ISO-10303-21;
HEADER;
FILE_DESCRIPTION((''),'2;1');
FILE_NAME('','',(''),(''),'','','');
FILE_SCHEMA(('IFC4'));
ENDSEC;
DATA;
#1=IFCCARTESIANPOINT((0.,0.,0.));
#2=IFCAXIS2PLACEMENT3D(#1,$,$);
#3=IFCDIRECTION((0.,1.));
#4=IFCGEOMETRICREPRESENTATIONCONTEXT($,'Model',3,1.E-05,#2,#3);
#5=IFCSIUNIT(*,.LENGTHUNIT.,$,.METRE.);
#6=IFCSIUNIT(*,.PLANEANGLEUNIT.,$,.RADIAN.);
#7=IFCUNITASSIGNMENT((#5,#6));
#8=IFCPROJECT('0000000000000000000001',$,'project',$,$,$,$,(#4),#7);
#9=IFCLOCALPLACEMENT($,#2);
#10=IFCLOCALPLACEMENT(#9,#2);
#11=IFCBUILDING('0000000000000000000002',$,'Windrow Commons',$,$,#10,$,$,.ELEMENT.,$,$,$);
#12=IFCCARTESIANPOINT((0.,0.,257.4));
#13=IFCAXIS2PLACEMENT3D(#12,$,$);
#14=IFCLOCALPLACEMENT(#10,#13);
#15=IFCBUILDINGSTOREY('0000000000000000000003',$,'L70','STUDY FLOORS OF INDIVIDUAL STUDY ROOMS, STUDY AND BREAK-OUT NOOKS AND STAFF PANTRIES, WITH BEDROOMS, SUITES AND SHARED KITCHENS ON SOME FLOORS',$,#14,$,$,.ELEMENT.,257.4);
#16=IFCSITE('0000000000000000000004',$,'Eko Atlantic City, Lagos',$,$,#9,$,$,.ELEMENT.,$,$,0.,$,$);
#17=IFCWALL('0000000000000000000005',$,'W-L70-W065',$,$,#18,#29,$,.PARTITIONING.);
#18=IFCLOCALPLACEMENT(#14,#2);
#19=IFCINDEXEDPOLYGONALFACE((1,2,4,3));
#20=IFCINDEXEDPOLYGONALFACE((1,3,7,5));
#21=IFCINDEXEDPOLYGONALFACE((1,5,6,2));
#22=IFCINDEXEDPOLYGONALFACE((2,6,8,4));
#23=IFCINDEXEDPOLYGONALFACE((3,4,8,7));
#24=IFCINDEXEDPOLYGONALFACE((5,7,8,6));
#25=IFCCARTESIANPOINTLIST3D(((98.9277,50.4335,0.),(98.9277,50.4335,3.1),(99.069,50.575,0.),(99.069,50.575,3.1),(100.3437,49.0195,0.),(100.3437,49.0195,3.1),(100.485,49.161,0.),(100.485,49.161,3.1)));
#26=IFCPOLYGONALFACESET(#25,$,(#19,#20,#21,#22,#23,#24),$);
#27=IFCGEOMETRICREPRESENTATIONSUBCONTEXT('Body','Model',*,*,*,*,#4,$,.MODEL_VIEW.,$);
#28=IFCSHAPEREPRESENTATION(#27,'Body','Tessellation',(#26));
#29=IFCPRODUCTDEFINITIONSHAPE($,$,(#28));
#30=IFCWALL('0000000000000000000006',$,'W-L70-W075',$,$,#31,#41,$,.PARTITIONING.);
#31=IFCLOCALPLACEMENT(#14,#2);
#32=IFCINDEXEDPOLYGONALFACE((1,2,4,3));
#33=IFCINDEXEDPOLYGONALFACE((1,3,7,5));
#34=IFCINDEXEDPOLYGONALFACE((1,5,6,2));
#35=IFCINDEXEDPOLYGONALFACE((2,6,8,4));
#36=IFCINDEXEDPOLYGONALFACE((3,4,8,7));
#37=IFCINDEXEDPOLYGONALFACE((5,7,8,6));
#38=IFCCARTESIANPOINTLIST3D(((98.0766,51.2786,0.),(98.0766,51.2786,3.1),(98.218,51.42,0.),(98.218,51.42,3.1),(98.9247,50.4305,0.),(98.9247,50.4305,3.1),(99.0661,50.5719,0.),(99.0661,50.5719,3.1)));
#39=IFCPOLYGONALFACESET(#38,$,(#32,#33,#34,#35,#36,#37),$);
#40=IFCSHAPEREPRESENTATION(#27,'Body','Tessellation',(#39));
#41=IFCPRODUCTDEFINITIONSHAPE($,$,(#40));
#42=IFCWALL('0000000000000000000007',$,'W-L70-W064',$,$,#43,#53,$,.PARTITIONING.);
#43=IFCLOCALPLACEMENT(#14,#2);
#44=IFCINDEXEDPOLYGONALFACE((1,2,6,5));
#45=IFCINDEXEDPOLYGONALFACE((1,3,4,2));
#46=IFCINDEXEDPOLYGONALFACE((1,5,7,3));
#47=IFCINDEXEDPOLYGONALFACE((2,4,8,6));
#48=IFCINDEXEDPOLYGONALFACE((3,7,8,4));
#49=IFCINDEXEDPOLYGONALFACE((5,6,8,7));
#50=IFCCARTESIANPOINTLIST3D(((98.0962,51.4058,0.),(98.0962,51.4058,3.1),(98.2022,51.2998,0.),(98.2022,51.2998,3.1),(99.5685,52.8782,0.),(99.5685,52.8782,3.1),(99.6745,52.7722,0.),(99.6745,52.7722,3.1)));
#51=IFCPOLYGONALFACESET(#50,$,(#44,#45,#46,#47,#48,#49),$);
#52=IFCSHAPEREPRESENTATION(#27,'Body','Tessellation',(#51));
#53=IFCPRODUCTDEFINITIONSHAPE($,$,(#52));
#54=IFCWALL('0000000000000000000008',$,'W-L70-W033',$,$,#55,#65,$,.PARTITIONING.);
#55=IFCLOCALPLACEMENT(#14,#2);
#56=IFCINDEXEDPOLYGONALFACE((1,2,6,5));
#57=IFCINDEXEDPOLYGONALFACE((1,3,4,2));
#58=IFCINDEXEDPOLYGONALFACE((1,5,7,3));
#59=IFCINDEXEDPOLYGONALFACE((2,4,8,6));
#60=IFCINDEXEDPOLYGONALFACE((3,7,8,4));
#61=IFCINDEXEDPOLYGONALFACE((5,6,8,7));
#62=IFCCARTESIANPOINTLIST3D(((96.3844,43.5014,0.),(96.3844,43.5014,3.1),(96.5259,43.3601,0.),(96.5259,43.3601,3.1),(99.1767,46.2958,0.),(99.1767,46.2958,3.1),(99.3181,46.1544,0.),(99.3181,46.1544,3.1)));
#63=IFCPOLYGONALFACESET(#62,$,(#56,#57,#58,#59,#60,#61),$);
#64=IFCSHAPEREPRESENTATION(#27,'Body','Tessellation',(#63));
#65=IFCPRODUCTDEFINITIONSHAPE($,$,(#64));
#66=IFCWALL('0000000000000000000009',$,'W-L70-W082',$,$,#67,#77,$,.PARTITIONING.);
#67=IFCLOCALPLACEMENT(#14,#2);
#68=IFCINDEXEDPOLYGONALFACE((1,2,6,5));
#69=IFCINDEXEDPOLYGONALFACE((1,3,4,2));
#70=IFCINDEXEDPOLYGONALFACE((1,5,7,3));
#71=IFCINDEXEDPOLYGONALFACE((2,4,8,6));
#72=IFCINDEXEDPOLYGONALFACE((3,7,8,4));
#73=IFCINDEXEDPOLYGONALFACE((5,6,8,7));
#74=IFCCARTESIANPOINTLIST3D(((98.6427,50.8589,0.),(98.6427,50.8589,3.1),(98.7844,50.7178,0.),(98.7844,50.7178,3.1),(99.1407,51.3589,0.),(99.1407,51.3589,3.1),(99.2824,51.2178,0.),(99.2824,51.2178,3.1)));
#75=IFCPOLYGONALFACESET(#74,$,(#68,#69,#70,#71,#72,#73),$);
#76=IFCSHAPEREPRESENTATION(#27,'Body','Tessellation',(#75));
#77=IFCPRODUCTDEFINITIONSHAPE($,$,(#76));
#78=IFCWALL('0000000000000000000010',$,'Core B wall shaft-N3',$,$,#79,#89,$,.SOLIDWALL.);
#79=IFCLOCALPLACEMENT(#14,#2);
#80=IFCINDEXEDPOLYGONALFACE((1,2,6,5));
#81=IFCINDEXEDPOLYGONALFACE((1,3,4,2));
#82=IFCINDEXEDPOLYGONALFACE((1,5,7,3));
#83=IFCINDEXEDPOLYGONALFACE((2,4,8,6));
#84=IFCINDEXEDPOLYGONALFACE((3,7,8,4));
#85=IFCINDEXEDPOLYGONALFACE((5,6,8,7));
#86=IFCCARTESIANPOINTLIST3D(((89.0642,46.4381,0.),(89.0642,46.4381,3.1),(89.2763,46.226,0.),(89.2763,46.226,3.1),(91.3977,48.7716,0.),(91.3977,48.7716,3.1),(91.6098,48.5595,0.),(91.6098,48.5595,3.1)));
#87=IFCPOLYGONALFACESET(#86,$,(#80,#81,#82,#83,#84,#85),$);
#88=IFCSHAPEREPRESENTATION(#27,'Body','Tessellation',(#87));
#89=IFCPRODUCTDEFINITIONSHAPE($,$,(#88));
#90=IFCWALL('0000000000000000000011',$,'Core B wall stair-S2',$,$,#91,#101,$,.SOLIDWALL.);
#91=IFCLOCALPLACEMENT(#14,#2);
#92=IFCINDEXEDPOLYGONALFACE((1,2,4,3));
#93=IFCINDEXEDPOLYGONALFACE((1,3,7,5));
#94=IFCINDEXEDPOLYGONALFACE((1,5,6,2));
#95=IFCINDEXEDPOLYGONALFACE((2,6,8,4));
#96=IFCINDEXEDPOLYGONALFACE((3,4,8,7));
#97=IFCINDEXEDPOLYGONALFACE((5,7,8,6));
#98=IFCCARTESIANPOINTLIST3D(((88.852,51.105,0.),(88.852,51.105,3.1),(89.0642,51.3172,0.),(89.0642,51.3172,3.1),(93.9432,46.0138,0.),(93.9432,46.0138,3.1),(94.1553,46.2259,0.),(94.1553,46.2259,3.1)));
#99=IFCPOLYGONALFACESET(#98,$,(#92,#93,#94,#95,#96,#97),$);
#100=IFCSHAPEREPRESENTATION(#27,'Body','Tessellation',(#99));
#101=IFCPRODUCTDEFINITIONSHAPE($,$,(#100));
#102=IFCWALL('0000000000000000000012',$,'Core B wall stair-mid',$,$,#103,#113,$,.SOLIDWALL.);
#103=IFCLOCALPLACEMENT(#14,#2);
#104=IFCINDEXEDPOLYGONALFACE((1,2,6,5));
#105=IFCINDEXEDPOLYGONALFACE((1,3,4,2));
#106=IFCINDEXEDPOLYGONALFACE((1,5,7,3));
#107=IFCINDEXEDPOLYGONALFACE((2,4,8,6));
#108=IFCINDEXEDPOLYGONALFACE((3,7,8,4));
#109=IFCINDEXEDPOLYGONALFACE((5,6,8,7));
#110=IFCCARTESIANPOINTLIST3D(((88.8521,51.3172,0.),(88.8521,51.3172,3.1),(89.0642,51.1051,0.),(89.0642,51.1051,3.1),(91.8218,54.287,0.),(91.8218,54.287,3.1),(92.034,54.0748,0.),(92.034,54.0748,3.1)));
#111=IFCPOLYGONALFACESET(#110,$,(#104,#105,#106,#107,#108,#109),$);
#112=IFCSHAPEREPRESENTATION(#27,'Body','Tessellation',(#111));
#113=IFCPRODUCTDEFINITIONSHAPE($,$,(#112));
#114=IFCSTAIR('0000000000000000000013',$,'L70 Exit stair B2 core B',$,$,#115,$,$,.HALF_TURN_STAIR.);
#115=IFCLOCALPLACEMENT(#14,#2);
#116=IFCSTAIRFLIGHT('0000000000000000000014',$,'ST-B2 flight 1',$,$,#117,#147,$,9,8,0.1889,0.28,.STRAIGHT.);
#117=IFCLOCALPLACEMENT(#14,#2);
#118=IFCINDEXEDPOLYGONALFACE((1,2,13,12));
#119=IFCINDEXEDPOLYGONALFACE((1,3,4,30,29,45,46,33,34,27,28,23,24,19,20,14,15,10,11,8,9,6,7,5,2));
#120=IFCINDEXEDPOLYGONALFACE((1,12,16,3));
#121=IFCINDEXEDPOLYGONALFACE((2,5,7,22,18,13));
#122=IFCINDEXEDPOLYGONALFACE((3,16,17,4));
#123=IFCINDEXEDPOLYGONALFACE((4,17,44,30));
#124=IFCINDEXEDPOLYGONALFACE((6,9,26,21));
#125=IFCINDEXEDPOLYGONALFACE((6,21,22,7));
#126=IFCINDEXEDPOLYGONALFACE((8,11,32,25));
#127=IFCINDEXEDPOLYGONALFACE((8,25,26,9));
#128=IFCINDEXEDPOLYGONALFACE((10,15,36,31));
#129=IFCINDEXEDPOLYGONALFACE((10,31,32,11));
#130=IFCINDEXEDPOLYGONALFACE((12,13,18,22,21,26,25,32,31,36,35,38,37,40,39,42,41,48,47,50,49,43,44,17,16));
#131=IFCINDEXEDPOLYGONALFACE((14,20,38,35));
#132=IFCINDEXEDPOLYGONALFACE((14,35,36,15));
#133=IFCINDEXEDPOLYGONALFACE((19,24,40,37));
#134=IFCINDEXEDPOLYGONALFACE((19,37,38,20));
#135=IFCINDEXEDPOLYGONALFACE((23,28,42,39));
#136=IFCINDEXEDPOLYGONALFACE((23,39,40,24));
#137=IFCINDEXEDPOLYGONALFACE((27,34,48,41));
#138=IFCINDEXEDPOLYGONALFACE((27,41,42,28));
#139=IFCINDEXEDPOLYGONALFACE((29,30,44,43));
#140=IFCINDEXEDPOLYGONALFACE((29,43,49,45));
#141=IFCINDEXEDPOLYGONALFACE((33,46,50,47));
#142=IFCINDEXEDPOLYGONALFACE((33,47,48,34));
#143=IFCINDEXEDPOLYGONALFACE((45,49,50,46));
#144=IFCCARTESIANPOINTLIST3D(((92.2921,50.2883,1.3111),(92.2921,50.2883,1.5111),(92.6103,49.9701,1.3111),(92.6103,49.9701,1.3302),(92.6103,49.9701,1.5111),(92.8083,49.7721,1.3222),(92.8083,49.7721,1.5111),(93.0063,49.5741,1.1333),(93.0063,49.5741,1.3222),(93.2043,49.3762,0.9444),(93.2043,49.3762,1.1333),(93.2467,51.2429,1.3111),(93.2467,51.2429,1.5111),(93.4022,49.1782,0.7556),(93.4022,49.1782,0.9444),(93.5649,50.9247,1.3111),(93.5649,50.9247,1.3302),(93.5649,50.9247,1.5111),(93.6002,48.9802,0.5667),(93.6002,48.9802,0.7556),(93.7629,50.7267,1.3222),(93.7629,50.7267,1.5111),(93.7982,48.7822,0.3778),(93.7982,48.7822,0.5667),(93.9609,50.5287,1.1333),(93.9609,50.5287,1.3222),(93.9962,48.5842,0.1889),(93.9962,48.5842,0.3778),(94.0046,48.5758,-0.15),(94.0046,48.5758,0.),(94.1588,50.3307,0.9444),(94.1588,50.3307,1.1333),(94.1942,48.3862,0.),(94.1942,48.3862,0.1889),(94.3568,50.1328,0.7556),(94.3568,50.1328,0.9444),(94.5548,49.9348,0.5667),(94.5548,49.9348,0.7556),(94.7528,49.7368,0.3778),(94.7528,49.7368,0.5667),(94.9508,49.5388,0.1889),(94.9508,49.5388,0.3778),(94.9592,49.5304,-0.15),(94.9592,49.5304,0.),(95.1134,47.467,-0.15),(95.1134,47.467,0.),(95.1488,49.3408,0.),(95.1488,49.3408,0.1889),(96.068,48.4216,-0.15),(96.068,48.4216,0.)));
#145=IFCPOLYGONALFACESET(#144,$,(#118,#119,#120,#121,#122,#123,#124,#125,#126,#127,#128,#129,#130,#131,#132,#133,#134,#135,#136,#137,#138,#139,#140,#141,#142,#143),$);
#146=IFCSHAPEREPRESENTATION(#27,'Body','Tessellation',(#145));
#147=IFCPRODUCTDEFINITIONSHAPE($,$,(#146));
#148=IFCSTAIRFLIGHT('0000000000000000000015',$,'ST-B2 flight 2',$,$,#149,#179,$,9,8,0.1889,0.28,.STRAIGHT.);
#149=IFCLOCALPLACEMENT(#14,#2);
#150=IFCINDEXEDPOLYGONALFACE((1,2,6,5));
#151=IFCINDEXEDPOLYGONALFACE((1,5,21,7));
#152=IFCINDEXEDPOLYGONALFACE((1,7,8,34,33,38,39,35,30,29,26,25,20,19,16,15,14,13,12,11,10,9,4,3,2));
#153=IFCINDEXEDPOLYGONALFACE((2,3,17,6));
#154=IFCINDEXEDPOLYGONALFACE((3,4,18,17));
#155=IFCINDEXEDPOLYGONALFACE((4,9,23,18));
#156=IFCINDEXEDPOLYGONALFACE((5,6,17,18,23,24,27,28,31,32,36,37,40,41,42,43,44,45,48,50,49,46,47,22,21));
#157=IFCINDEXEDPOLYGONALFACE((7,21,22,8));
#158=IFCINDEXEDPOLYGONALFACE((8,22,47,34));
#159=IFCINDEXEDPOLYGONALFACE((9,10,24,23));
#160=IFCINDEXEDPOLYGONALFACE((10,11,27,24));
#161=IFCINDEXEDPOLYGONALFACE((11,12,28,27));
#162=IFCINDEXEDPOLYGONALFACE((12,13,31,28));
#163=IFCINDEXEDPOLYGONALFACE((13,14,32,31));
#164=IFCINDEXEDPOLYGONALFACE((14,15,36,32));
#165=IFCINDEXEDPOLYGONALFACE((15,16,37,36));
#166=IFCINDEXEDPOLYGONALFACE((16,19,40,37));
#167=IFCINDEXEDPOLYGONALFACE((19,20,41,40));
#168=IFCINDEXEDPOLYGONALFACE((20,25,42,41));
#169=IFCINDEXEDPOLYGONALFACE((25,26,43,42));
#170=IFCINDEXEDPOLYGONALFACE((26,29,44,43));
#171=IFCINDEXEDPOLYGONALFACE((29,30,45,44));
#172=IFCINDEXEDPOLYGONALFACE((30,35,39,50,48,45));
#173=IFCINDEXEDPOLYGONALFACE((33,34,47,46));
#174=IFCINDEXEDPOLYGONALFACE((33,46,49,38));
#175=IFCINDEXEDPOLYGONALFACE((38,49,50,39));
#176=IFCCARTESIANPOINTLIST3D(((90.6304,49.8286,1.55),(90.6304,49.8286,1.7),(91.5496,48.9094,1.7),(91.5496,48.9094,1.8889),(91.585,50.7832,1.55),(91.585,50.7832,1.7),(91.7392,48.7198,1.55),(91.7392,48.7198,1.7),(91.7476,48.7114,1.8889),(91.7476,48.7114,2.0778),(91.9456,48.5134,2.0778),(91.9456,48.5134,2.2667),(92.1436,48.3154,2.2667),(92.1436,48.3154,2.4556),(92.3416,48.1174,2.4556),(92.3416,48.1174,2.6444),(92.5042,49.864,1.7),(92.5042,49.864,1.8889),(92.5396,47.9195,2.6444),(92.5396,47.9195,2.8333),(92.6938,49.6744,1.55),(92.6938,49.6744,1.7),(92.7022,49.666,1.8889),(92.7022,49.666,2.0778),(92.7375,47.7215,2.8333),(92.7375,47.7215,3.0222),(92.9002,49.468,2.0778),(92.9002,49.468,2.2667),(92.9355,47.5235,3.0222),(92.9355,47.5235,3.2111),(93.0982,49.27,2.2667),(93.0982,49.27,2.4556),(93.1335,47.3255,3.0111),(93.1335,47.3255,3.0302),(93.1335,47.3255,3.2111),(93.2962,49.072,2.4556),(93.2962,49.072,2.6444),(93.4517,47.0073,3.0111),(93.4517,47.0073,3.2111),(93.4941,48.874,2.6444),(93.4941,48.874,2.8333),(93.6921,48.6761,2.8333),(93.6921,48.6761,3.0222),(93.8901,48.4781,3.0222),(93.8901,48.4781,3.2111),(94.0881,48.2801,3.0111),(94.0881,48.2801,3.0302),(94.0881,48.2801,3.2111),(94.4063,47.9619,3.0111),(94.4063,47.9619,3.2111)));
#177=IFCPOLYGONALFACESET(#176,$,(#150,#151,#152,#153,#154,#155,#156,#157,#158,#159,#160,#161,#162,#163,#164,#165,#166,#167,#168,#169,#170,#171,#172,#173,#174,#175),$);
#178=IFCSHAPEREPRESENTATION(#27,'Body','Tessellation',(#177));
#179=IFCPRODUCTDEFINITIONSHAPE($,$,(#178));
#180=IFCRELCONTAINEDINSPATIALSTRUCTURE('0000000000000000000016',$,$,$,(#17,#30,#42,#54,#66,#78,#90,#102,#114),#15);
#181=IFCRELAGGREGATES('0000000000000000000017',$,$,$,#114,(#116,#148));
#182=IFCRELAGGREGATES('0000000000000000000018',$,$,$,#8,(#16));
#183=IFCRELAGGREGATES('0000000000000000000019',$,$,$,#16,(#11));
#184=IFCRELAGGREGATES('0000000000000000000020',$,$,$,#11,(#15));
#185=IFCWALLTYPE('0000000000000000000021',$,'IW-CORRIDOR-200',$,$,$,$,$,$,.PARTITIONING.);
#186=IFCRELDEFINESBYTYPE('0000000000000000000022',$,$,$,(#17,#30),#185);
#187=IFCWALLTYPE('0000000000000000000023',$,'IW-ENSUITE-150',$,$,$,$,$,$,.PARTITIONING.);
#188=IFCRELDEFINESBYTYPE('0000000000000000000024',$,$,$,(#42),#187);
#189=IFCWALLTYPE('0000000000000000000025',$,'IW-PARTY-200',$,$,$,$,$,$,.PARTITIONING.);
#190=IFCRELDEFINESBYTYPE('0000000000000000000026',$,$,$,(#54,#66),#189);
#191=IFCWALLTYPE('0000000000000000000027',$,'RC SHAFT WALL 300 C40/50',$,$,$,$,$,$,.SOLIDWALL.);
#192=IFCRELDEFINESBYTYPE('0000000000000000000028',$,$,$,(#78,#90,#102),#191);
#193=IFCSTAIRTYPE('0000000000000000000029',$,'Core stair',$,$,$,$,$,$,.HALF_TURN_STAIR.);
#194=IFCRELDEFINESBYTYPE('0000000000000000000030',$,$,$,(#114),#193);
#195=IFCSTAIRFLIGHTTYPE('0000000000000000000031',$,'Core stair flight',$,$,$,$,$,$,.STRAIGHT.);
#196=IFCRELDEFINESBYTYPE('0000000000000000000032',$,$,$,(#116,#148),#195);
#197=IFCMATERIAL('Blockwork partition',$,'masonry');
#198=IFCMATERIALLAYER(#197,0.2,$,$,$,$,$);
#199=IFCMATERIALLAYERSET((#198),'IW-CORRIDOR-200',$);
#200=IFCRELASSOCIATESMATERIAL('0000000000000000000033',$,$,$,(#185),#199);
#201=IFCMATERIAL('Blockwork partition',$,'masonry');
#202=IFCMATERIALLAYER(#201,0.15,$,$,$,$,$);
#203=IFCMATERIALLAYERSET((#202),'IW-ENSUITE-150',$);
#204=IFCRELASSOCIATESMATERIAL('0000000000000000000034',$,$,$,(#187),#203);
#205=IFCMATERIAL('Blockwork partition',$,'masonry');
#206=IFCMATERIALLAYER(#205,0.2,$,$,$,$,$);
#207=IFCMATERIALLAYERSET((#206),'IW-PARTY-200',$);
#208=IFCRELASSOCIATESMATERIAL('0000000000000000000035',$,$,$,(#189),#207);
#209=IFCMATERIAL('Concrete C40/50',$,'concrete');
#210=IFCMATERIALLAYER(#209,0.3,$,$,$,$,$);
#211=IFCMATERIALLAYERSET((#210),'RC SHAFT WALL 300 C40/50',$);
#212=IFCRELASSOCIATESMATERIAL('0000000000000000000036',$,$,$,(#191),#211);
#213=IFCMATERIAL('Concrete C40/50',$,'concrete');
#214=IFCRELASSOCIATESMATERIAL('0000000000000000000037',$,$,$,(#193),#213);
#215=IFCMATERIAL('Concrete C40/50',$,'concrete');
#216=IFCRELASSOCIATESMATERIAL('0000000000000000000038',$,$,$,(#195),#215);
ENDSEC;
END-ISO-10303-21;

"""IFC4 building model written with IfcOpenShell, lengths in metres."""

from ifc_helpers import new_model, si_unit, direction, frame, frame_2d, origin, place, context, subcontext, project, spatial, polyline, rectangle, outline, extrude, material, layer, layer_set, type_object, element, aggregate, save


model = new_model("IFC4")

# Units and contexts
model_context = context("Model", 3, precision=1e-05, world=origin(), true_north=direction((0.0, 1.0)))
body_context = subcontext(model_context, "Body", "Model", "MODEL_VIEW")
ifc_project = project(units=[si_unit("LENGTHUNIT", "METRE"), si_unit("PLANEANGLEUNIT", "RADIAN")], contexts=[model_context])

# Site, building, storey
site_placement = place(None, origin())
site = spatial("IfcSite", under=ifc_project, at=site_placement, Name="Eko Atlantic City, Lagos", CompositionType="ELEMENT", RefElevation=0.0)
building_placement = place(site_placement, origin())
building = spatial("IfcBuilding", under=site, at=building_placement, Name="Windrow Commons", CompositionType="ELEMENT")
storey_placement = place(building_placement, frame((0.0, 0.0, 257.4)))
storey = spatial("IfcBuildingStorey", under=building, at=storey_placement, Name="L70", Description="STUDY FLOORS OF INDIVIDUAL STUDY ROOMS, STUDY AND BREAK-OUT NOOKS AND STAFF PANTRIES, WITH BEDROOMS, SUITES AND SHARED KITCHENS ON SOME FLOORS", CompositionType="ELEMENT", Elevation=257.4)

# Shared definitions
ifc_material_1 = material(Name="Blockwork partition", Category="masonry")
ifc_layer_1 = layer(ifc_material_1, 0.2)
ifc_layer_set_1 = layer_set([ifc_layer_1], Name="IW-CORRIDOR-200")
wall_type_1 = type_object("IfcWallType", Name="IW-CORRIDOR-200", PredefinedType="PARTITIONING", material=ifc_layer_set_1)

# Walls
wall_1_placement = place(storey_placement, frame((98.9983, 50.5043, 0.0), z_axis=(0.0, 0.0, 1.0), x_axis=(0.707606, -0.706607, 0.0)))
element("IfcWall", 1, at=wall_1_placement, inside=storey, type_object=wall_type_1, Name="W-L70-W065", PredefinedType="PARTITIONING", context=body_context, shape_type="SweptSolid", body=[
    extrude(rectangle(XDim=2.0011, YDim=0.2, at=frame_2d((1.0006, 0.0))), origin(), (0.0, 0.0, 1.0), 3.1),
])
wall_2_placement = place(storey_placement, frame((98.1473, 51.3493, 0.0), z_axis=(0.0, 0.0, 1.0), x_axis=(0.707107, -0.707107, 0.0)))
element("IfcWall", 2, at=wall_2_placement, inside=storey, type_object=wall_type_1, Name="W-L70-W075", PredefinedType="PARTITIONING", context=body_context, shape_type="SweptSolid", body=[
    extrude(rectangle(XDim=1.1993, YDim=0.2, at=frame_2d((0.5997, 0.0))), origin(), (0.0, 0.0, 1.0), 3.1),
])
ifc_material_2 = material(Name="Blockwork partition", Category="masonry")
ifc_layer_2 = layer(ifc_material_2, 0.15)
ifc_layer_set_2 = layer_set([ifc_layer_2], Name="IW-ENSUITE-150")
wall_type_2 = type_object("IfcWallType", Name="IW-ENSUITE-150", PredefinedType="PARTITIONING", material=ifc_layer_set_2)
wall_3_placement = place(storey_placement, frame((98.1492, 51.3528, 0.0), z_axis=(0.0, 0.0, 1.0), x_axis=(0.707083, 0.707131, 0.0)))
element("IfcWall", 3, at=wall_3_placement, inside=storey, type_object=wall_type_2, Name="W-L70-W064", PredefinedType="PARTITIONING", context=body_context, shape_type="SweptSolid", body=[
    extrude(rectangle(XDim=2.0822, YDim=0.15, at=frame_2d((1.0411, 0.0))), origin(), (0.0, 0.0, 1.0), 3.1),
])
ifc_material_3 = material(Name="Blockwork partition", Category="masonry")
ifc_layer_3 = layer(ifc_material_3, 0.2)
ifc_layer_set_3 = layer_set([ifc_layer_3], Name="IW-PARTY-200")
wall_type_3 = type_object("IfcWallType", Name="IW-PARTY-200", PredefinedType="PARTITIONING", material=ifc_layer_set_3)
wall_4_placement = place(storey_placement, frame((96.4552, 43.4308, 0.0), z_axis=(0.0, 0.0, 1.0), x_axis=(0.706841, 0.707373, 0.0)))
element("IfcWall", 4, at=wall_4_placement, inside=storey, type_object=wall_type_3, Name="W-L70-W033", PredefinedType="PARTITIONING", context=body_context, shape_type="SweptSolid", body=[
    extrude(rectangle(XDim=3.9503, YDim=0.2, at=frame_2d((1.9751, 0.0))), origin(), (0.0, 0.0, 1.0), 3.1),
])
wall_5_placement = place(storey_placement, frame((98.7136, 50.7884, 0.0), z_axis=(0.0, 0.0, 1.0), x_axis=(0.705688, 0.708522, 0.0)))
element("IfcWall", 5, at=wall_5_placement, inside=storey, type_object=wall_type_3, Name="W-L70-W082", PredefinedType="PARTITIONING", context=body_context, shape_type="SweptSolid", body=[
    extrude(rectangle(XDim=0.7057, YDim=0.2, at=frame_2d((0.3528, 0.0))), origin(), (0.0, 0.0, 1.0), 3.1),
])
ifc_material_4 = material(Name="Concrete C40/50", Category="concrete")
ifc_layer_4 = layer(ifc_material_4, 0.3)
ifc_layer_set_4 = layer_set([ifc_layer_4], Name="RC SHAFT WALL 300 C40/50")
wall_type_4 = type_object("IfcWallType", Name="RC SHAFT WALL 300 C40/50", PredefinedType="SOLIDWALL", material=ifc_layer_set_4)
wall_6_placement = place(storey_placement, frame((89.1702, 46.332, 0.0), z_axis=(0.0, 0.0, 1.0), x_axis=(0.707107, 0.707107, 0.0)))
element("IfcWall", 6, at=wall_6_placement, inside=storey, type_object=wall_type_4, Name="Core B wall shaft-N3", PredefinedType="SOLIDWALL", context=body_context, shape_type="SweptSolid", body=[
    extrude(rectangle(XDim=3.3001, YDim=0.3, at=frame_2d((1.6501, 0.0))), origin(), (0.0, 0.0, 1.0), 3.1),
])
wall_7_placement = place(storey_placement, frame((88.9581, 51.2111, 0.0), z_axis=(0.0, 0.0, 1.0), x_axis=(0.7071, -0.707114, 0.0)))
element("IfcWall", 7, at=wall_7_placement, inside=storey, type_object=wall_type_4, Name="Core B wall stair-S2", PredefinedType="SOLIDWALL", context=body_context, shape_type="SweptSolid", body=[
    extrude(rectangle(XDim=7.2, YDim=0.3, at=frame_2d((3.6, 0.0))), origin(), (0.0, 0.0, 1.0), 3.1),
])
wall_8_placement = place(storey_placement, frame((88.9581, 51.2111, 0.0), z_axis=(0.0, 0.0, 1.0), x_axis=(0.707107, 0.707107, 0.0)))
element("IfcWall", 8, at=wall_8_placement, inside=storey, type_object=wall_type_4, Name="Core B wall stair-mid", PredefinedType="SOLIDWALL", context=body_context, shape_type="SweptSolid", body=[
    extrude(rectangle(XDim=4.1999, YDim=0.3, at=frame_2d((2.1, 0.0))), origin(), (0.0, 0.0, 1.0), 3.1),
])

# Stair, stair flights
ifc_material_5 = material(Name="Concrete C40/50", Category="concrete")
stair_type = type_object("IfcStairType", Name="Core stair", PredefinedType="HALF_TURN_STAIR", material=ifc_material_5)
stair_placement = place(storey_placement, origin())
stair = element("IfcStair", 9, at=stair_placement, inside=storey, type_object=stair_type, Name="L70 Exit stair B2 core B", PredefinedType="HALF_TURN_STAIR")
ifc_material_6 = material(Name="Concrete C40/50", Category="concrete")
stair_flight_type = type_object("IfcStairFlightType", Name="Core stair flight", PredefinedType="STRAIGHT", material=ifc_material_6)
stair_flight_1_placement = place(storey_placement, frame((94.6715, 48.8635, 0.0), z_axis=(0.0, 0.0, 1.0), x_axis=(-0.707107, 0.707107, 0.0)))
stair_flight_1 = element("IfcStairFlight", 10, at=stair_flight_1_placement, type_object=stair_flight_type, Name="ST-B2 flight 1", NumberOfRisers=9, NumberOfTreads=8, PredefinedType="STRAIGHT", RiserHeight=0.1889, TreadLength=0.28, context=body_context, shape_type="SweptSolid", body=[
    extrude(outline(polyline([(-1.3, -0.15), (-1.3, 0.0), (0.0, 0.0), (0.0, 0.1889), (0.28, 0.1889), (0.28, 0.3778), (0.56, 0.3778), (0.56, 0.5667), (0.84, 0.5667), (0.84, 0.7556), (1.12, 0.7556), (1.12, 0.9444), (1.4, 0.9444), (1.4, 1.1333), (1.68, 1.1333), (1.68, 1.3222), (1.96, 1.3222), (1.96, 1.5111), (2.24, 1.5111), (2.69, 1.5111), (2.69, 1.3111), (2.24, 1.3111), (2.24, 1.3302), (0.2682, 0.0), (0.2682, -0.15), (-1.3, -0.15)])), frame((0.0, 0.675, 0.0), z_axis=(0.0, -1.0, 0.0), x_axis=(1.0, 0.0, 0.0)), (0.0, 0.0, 1.0), 1.35),
])
stair_flight_2_placement = place(storey_placement, frame((92.0269, 49.3867, 1.7), z_axis=(0.0, 0.0, 1.0), x_axis=(0.707107, -0.707107, 0.0)))
stair_flight_2 = element("IfcStairFlight", 11, at=stair_flight_2_placement, type_object=stair_flight_type, Name="ST-B2 flight 2", NumberOfRisers=9, NumberOfTreads=8, PredefinedType="STRAIGHT", RiserHeight=0.1889, TreadLength=0.28, context=body_context, shape_type="SweptSolid", body=[
    extrude(outline(polyline([(-1.3, -0.15), (-1.3, 0.0), (0.0, 0.0), (0.0, 0.1889), (0.28, 0.1889), (0.28, 0.3778), (0.56, 0.3778), (0.56, 0.5667), (0.84, 0.5667), (0.84, 0.7556), (1.12, 0.7556), (1.12, 0.9444), (1.4, 0.9444), (1.4, 1.1333), (1.68, 1.1333), (1.68, 1.3222), (1.96, 1.3222), (1.96, 1.5111), (2.24, 1.5111), (2.69, 1.5111), (2.69, 1.3111), (2.24, 1.3111), (2.24, 1.3302), (0.2682, 0.0), (0.2682, -0.15), (-1.3, -0.15)])), frame((0.0, 0.675, 0.0), z_axis=(0.0, -1.0, 0.0), x_axis=(1.0, 0.0, 0.0)), (0.0, 0.0, 1.0), 1.35),
])
aggregate(stair, [stair_flight_1, stair_flight_2])

save(model, "model.ifc")
